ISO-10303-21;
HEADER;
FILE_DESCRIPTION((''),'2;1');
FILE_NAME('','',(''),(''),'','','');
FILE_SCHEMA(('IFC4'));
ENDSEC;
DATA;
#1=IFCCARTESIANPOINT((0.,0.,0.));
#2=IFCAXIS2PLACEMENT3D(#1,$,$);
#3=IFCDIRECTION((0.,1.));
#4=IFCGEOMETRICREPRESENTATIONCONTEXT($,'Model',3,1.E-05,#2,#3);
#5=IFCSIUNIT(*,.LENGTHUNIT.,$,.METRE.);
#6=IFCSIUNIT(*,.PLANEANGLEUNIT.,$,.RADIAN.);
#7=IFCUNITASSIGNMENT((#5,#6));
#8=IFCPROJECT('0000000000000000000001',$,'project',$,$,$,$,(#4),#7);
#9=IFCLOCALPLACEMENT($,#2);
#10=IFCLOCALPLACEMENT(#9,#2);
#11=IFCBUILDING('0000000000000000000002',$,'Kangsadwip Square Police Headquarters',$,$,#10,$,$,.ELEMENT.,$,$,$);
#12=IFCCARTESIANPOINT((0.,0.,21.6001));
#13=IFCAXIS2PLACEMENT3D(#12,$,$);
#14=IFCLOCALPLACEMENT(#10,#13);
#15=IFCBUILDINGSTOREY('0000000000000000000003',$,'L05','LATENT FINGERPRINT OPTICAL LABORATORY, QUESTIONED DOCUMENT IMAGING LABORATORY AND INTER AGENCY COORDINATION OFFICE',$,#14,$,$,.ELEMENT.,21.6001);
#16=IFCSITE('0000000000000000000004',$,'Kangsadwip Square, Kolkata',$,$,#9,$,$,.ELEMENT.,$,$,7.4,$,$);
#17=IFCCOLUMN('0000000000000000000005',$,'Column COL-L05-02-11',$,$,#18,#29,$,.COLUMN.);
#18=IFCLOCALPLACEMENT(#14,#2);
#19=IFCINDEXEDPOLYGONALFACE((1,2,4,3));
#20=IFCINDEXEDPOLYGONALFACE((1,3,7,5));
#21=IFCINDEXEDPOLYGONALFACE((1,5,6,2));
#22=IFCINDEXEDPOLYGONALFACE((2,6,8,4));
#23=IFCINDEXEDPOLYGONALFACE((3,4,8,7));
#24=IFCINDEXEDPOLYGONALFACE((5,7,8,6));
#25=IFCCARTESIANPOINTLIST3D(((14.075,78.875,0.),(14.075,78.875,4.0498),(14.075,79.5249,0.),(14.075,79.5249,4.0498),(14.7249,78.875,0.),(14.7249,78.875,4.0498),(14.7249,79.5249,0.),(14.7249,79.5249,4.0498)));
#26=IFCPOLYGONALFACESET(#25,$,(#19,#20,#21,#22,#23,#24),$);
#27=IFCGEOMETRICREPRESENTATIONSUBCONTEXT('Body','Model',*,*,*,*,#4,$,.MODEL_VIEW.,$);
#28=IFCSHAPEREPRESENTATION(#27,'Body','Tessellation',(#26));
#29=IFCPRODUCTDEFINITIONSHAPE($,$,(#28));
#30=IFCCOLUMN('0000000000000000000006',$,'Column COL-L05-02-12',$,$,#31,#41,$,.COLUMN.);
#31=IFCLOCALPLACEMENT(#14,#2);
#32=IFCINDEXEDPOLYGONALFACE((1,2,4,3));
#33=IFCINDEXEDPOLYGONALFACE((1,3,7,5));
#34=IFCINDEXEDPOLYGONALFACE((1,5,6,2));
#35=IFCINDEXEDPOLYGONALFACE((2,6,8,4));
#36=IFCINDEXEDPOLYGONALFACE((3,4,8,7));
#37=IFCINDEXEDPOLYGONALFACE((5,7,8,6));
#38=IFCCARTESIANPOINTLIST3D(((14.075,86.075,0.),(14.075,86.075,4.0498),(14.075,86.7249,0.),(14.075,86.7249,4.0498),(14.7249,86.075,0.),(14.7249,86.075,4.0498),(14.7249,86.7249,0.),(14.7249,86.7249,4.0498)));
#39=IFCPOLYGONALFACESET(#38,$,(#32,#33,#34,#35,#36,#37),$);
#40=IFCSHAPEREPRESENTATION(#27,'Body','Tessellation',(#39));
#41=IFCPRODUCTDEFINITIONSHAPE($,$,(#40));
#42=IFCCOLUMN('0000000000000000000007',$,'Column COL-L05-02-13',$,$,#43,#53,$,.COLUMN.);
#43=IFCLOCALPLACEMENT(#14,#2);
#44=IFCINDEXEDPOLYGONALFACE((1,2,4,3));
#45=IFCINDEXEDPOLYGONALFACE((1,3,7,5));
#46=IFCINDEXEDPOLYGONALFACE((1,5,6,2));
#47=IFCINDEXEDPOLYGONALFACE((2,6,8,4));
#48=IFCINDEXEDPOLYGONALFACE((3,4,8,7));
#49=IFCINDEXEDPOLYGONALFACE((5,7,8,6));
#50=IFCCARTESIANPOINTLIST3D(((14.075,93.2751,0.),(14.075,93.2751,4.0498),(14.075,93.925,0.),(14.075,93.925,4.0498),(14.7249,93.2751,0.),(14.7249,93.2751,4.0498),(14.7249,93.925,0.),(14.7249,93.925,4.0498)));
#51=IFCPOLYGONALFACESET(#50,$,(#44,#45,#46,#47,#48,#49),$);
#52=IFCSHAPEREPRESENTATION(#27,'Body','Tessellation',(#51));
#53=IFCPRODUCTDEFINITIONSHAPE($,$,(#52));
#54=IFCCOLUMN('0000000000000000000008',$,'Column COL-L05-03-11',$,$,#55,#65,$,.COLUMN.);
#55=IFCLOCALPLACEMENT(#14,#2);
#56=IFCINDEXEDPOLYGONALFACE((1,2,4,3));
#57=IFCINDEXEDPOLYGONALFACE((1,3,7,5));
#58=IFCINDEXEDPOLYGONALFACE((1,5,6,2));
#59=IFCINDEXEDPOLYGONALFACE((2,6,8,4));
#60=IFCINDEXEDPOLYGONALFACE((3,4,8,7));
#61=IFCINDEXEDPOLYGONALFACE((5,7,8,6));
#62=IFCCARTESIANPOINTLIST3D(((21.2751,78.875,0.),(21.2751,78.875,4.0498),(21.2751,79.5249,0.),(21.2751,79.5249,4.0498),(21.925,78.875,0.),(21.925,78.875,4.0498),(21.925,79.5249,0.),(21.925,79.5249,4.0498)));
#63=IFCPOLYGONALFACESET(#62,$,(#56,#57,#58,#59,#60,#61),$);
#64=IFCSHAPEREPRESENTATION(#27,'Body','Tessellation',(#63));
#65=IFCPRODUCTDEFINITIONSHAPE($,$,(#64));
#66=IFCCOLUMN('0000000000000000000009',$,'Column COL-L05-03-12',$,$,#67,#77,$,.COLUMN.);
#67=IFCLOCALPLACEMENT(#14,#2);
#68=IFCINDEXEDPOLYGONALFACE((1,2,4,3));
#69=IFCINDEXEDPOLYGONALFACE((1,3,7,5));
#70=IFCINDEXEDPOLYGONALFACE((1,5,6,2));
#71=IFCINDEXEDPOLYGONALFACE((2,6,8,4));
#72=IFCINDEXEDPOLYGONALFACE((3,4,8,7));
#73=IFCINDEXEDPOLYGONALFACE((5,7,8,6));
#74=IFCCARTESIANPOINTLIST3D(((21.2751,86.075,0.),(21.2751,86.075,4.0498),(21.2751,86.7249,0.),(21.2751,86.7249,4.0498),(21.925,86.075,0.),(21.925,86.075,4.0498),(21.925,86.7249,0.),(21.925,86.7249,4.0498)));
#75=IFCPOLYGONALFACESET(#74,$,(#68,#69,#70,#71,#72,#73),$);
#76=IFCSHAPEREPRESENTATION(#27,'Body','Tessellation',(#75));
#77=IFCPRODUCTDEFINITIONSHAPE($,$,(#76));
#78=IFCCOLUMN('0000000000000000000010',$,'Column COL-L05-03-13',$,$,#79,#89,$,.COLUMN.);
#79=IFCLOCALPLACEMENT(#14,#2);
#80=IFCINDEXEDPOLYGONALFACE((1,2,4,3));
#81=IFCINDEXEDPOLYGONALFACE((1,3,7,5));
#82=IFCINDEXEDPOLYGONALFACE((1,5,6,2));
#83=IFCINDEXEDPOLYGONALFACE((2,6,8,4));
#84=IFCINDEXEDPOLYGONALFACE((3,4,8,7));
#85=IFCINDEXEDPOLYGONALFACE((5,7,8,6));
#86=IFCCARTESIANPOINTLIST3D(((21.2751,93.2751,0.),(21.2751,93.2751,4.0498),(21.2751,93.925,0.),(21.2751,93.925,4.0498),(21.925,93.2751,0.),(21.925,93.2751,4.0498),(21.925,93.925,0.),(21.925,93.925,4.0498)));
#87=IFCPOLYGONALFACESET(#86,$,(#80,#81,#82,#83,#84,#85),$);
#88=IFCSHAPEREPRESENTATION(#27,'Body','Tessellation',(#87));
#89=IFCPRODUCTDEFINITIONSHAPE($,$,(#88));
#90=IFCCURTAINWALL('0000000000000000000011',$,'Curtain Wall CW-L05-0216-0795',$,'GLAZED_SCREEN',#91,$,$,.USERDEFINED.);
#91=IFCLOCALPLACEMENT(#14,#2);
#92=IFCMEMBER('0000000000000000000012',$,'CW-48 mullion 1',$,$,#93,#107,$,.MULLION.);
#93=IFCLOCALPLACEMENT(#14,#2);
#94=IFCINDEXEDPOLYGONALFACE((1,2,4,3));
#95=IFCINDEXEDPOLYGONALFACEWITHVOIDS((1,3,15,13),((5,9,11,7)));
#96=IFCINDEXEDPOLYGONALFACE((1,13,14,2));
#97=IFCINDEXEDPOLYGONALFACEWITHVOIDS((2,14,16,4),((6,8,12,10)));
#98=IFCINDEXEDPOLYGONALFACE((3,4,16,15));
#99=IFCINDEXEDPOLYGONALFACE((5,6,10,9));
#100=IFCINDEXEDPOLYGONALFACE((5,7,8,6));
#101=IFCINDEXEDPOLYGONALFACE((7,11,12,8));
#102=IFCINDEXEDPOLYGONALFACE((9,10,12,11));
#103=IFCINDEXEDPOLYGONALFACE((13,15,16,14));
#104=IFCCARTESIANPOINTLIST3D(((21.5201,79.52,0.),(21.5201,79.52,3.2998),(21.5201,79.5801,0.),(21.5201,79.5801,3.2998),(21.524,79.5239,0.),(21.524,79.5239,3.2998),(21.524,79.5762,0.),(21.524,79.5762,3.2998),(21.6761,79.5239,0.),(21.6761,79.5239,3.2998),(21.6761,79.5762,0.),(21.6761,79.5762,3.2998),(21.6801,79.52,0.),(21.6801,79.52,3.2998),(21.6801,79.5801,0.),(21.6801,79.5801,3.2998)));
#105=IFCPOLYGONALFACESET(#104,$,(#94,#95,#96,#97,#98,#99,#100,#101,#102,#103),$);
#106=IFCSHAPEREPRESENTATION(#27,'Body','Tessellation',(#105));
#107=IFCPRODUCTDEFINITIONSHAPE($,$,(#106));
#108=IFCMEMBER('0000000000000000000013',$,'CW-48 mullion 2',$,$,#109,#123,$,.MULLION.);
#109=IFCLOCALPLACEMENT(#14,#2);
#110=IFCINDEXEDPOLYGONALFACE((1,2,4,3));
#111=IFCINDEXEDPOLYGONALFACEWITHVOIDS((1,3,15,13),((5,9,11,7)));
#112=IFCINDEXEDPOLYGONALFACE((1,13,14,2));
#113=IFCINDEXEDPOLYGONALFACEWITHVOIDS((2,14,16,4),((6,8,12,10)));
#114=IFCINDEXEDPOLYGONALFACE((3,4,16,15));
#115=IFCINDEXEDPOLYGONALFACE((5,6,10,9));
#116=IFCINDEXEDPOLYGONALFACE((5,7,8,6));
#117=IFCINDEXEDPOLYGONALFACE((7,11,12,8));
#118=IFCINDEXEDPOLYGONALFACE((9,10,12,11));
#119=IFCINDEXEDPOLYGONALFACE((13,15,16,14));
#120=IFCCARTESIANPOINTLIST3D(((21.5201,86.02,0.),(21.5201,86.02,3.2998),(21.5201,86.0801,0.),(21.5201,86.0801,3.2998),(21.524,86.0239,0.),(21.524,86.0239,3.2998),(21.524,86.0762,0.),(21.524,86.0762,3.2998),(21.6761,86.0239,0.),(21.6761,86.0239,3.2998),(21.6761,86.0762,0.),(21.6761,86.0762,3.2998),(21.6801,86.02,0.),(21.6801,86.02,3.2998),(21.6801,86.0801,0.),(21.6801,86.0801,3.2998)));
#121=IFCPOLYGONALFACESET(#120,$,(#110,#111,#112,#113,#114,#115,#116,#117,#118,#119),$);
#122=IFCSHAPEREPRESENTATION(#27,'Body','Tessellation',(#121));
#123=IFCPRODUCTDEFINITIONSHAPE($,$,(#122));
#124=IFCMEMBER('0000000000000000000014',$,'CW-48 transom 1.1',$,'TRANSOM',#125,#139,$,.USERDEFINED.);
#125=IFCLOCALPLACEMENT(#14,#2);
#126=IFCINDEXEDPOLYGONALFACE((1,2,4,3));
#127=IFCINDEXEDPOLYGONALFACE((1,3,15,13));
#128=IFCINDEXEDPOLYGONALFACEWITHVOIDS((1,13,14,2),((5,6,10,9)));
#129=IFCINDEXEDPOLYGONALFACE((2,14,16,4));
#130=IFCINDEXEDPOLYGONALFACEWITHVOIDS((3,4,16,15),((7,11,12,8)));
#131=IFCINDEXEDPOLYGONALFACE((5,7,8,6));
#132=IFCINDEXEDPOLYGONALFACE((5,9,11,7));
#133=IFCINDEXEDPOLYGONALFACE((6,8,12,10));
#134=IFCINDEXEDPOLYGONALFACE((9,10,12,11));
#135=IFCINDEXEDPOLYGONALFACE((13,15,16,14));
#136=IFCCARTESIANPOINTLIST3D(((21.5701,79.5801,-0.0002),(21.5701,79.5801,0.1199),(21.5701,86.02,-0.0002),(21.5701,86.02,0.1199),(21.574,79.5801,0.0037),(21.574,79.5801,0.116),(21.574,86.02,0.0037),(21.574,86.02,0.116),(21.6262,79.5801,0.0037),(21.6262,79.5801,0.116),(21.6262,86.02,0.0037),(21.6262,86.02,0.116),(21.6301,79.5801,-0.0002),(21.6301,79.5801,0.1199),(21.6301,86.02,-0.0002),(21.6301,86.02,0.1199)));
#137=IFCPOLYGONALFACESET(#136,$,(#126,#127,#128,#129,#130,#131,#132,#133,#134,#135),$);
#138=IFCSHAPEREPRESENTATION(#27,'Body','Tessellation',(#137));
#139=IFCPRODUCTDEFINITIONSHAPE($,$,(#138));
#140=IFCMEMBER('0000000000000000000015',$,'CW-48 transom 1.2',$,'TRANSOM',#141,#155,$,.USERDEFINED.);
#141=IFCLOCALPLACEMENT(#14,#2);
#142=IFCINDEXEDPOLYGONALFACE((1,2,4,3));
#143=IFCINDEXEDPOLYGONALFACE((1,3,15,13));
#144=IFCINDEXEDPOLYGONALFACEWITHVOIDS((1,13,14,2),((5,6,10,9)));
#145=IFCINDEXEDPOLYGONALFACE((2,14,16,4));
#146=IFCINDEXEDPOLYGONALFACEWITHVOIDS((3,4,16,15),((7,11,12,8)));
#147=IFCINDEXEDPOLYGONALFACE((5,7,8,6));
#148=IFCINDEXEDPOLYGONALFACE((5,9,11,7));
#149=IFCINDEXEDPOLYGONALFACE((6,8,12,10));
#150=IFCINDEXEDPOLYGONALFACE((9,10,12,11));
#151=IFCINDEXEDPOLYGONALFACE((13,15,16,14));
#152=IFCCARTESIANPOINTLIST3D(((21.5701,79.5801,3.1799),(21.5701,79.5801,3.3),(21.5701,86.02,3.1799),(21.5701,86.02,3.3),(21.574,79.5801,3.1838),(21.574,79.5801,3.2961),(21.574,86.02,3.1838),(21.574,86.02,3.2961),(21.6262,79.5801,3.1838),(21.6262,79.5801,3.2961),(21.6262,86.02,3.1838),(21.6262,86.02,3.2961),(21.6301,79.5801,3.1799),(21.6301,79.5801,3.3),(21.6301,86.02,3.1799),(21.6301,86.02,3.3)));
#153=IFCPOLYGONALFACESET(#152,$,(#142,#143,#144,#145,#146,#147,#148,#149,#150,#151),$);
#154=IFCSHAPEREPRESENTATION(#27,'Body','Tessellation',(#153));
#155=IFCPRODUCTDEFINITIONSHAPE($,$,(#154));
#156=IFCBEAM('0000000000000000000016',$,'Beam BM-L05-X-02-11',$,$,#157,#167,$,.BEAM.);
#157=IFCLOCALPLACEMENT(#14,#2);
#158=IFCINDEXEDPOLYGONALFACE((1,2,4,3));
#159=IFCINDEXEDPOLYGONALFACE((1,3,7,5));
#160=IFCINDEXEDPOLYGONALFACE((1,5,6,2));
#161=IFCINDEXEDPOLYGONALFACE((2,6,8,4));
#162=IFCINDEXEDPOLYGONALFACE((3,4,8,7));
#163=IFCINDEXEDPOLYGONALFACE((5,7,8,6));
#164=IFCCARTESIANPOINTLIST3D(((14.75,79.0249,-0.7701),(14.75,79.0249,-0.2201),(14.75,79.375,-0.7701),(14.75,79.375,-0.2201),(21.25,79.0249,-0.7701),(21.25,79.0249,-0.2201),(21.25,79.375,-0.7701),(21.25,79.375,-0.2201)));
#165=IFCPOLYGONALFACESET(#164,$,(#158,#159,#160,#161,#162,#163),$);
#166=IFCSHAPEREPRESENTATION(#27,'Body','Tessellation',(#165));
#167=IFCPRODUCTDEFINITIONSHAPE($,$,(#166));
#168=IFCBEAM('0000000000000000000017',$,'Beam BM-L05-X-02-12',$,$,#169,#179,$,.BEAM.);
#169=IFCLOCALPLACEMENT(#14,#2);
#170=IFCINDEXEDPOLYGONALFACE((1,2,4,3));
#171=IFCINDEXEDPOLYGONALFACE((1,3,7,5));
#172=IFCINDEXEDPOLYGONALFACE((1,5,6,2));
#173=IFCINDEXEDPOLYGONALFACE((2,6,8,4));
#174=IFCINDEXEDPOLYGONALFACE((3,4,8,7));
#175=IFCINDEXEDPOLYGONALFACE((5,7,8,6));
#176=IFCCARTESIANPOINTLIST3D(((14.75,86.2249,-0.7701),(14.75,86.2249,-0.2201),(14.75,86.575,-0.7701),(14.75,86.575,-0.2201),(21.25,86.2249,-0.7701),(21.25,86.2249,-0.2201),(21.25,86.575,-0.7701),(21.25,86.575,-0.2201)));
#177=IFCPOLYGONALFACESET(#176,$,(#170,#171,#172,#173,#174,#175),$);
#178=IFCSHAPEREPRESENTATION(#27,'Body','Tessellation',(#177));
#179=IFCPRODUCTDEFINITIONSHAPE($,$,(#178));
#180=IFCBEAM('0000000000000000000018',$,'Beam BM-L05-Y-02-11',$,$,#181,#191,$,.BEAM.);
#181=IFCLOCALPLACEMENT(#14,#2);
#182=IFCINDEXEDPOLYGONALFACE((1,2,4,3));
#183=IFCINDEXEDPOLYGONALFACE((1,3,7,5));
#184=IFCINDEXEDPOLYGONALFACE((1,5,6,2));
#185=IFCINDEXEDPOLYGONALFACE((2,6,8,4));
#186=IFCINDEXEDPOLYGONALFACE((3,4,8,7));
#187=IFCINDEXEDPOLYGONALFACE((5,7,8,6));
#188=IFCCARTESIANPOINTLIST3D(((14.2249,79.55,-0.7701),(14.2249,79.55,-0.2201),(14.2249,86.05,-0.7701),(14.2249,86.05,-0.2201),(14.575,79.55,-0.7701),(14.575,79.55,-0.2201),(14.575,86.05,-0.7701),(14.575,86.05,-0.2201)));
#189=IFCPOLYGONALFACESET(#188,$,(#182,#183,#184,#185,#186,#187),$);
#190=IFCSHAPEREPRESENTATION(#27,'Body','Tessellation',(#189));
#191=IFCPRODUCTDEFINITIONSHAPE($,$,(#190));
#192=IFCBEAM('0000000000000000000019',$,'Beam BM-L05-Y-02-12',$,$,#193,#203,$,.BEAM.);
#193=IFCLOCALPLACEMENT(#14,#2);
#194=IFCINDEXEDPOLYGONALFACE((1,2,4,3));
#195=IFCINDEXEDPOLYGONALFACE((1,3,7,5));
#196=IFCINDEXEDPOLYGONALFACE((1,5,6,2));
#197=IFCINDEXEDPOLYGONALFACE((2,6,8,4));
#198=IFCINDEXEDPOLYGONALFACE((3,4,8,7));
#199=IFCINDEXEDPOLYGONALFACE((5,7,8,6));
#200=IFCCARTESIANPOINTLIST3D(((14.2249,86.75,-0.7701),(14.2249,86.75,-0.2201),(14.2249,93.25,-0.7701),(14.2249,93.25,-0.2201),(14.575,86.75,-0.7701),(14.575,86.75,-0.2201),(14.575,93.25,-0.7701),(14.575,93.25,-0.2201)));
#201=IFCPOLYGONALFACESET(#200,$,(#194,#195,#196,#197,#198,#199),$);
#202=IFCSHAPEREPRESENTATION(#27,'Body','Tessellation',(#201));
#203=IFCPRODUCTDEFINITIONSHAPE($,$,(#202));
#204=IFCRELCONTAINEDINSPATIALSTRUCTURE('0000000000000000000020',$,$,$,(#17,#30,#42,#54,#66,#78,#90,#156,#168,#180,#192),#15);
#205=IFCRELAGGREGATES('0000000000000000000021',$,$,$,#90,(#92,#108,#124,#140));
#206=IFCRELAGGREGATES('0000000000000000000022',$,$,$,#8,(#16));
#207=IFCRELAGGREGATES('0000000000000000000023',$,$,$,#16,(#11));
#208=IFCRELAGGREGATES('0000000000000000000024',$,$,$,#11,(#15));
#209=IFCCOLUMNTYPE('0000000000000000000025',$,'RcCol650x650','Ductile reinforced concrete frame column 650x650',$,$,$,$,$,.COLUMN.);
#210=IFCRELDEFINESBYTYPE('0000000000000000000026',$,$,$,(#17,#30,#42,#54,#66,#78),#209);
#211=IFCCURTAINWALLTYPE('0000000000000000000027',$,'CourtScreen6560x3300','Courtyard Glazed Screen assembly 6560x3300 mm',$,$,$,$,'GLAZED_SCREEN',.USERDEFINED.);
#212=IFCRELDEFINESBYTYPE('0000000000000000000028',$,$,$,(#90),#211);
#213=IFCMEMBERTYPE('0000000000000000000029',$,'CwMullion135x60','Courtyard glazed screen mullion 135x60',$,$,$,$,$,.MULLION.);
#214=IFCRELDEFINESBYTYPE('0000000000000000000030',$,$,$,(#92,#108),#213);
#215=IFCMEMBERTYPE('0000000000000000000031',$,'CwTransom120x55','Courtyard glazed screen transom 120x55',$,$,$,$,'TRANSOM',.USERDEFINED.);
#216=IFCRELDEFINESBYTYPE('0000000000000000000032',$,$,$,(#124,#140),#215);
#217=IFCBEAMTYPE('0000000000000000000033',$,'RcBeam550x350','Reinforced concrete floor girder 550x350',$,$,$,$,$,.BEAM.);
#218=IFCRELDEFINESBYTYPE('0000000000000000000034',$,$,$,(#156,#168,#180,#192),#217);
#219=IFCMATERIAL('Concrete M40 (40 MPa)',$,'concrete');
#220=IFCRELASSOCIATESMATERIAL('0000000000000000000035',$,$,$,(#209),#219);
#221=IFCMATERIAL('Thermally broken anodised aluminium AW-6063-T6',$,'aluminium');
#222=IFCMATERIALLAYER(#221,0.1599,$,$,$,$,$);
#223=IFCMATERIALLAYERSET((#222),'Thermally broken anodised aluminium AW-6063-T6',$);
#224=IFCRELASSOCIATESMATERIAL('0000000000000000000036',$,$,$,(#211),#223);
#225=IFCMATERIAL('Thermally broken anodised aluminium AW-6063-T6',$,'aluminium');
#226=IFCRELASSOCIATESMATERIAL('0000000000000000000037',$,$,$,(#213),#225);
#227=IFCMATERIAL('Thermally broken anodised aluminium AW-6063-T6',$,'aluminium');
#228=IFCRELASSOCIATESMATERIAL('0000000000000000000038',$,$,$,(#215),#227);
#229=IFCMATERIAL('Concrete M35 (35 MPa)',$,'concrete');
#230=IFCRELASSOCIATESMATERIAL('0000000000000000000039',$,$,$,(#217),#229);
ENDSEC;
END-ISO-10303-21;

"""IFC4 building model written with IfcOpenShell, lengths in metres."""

from ifc_helpers import new_model, si_unit, direction, frame, origin, origin_2d, place, context, subcontext, project, spatial, rectangle, hollow_rectangle, extrude, material, layer, layer_set, material_profile, profile_set, type_object, element, aggregate, save


model = new_model("IFC4")

# Units and contexts
model_context = context("Model", 3, precision=1e-05, world=origin(), true_north=direction((0.0, 1.0)))
body_context = subcontext(model_context, "Body", "Model", "MODEL_VIEW")
ifc_project = project(units=[si_unit("LENGTHUNIT", "METRE"), si_unit("PLANEANGLEUNIT", "RADIAN")], contexts=[model_context])

# Site, building, storey
site_placement = place(None, origin())
site = spatial("IfcSite", under=ifc_project, at=site_placement, Name="Kangsadwip Square, Kolkata", CompositionType="ELEMENT", RefElevation=7.4)
building_placement = place(site_placement, origin())
building = spatial("IfcBuilding", under=site, at=building_placement, Name="Kangsadwip Square Police Headquarters", CompositionType="ELEMENT")
storey_placement = place(building_placement, frame((0.0, 0.0, 21.6001)))
storey = spatial("IfcBuildingStorey", under=building, at=storey_placement, Name="L05", Description="LATENT FINGERPRINT OPTICAL LABORATORY, QUESTIONED DOCUMENT IMAGING LABORATORY AND INTER AGENCY COORDINATION OFFICE", CompositionType="ELEMENT", Elevation=21.6001)

# Columns
ifc_material_1 = material(Name="Concrete M40 (40 MPa)", Category="concrete")
ifc_material_profile_1 = material_profile(ifc_material_1, rectangle(XDim=0.6499, YDim=0.6499, at=origin_2d()), Name="RC COL 650X650")
ifc_profile_set_1 = profile_set([ifc_material_profile_1], Name="Concrete M40 (40 MPa)")
column_type = type_object("IfcColumnType", Name="RcCol650x650", Description="Ductile reinforced concrete frame column 650x650", PredefinedType="COLUMN", material=ifc_profile_set_1)
for number, where, z_axis, x_axis, name in (
    (1, (14.3999, 79.2, 0.0), (0.0, 0.0, 1.0), (1.0, 0.0, 0.0), "Column COL-L05-02-11"),
    (2, (14.3999, 86.3999, 0.0), (0.0, 0.0, 1.0), (1.0, 0.0, 0.0), "Column COL-L05-02-12"),
    (3, (14.3999, 93.6001, 0.0), (0.0, 0.0, 1.0), (1.0, 0.0, 0.0), "Column COL-L05-02-13"),
    (4, (21.6001, 79.2, 0.0), (0.0, 0.0, 1.0), (1.0, 0.0, 0.0), "Column COL-L05-03-11"),
    (5, (21.6001, 86.3999, 0.0), (0.0, 0.0, 1.0), (1.0, 0.0, 0.0), "Column COL-L05-03-12"),
    (6, (21.6001, 93.6001, 0.0), (0.0, 0.0, 1.0), (1.0, 0.0, 0.0), "Column COL-L05-03-13"),
):
    element("IfcColumn", number, at=place(storey_placement, frame(where, z_axis=z_axis, x_axis=x_axis)), inside=storey, type_object=column_type, Name=name, PredefinedType="COLUMN", context=body_context, shape_type="SweptSolid", body=[
        extrude(rectangle(XDim=0.6499, YDim=0.6499, at=origin_2d()), origin(), (0.0, 0.0, 1.0), 4.0498),
    ])

# Curtain wall, members
ifc_material_2 = material(Name="Thermally broken anodised aluminium AW-6063-T6", Category="aluminium")
ifc_layer_1 = layer(ifc_material_2, 0.1599)
ifc_layer_set_1 = layer_set([ifc_layer_1], Name="Thermally broken anodised aluminium AW-6063-T6")
curtain_wall_type = type_object("IfcCurtainWallType", Name="CourtScreen6560x3300", Description="Courtyard Glazed Screen assembly 6560x3300 mm", ElementType="GLAZED_SCREEN", PredefinedType="USERDEFINED", material=ifc_layer_set_1)
curtain_wall_placement = place(storey_placement, origin())
curtain_wall = element("IfcCurtainWall", 7, at=curtain_wall_placement, inside=storey, type_object=curtain_wall_type, Name="Curtain Wall CW-L05-0216-0795", ObjectType="GLAZED_SCREEN", PredefinedType="USERDEFINED")
ifc_material_3 = material(Name="Thermally broken anodised aluminium AW-6063-T6", Category="aluminium")
ifc_material_profile_2 = material_profile(ifc_material_3, hollow_rectangle(XDim=0.0601, YDim=0.1599, WallThickness=0.0039, at=origin_2d()), Name="CWM 160X60X4")
ifc_profile_set_2 = profile_set([ifc_material_profile_2], Name="Thermally broken anodised aluminium AW-6063-T6")
member_type_1 = type_object("IfcMemberType", Name="CwMullion135x60", Description="Courtyard glazed screen mullion 135x60", PredefinedType="MULLION", material=ifc_profile_set_2)
member_1_placement = place(storey_placement, frame((21.6001, 79.55, 0.0), z_axis=(0.0, 0.0, 1.0), x_axis=(0.0, 1.0, 0.0)))
member_1 = element("IfcMember", 8, at=member_1_placement, type_object=member_type_1, Name="CW-48 mullion 1", PredefinedType="MULLION", context=body_context, shape_type="SweptSolid", body=[
    extrude(hollow_rectangle(XDim=0.0601, YDim=0.1599, WallThickness=0.0039, at=origin_2d()), origin(), (0.0, 0.0, 1.0), 3.2998),
])
member_2_placement = place(storey_placement, frame((21.6001, 86.05, 0.0), z_axis=(0.0, 0.0, 1.0), x_axis=(0.0, 1.0, 0.0)))
member_2 = element("IfcMember", 9, at=member_2_placement, type_object=member_type_1, Name="CW-48 mullion 2", PredefinedType="MULLION", context=body_context, shape_type="SweptSolid", body=[
    extrude(hollow_rectangle(XDim=0.0601, YDim=0.1599, WallThickness=0.0039, at=origin_2d()), origin(), (0.0, 0.0, 1.0), 3.2998),
])
ifc_material_4 = material(Name="Thermally broken anodised aluminium AW-6063-T6", Category="aluminium")
ifc_material_profile_3 = material_profile(ifc_material_4, hollow_rectangle(XDim=0.0601, YDim=0.1201, WallThickness=0.0039, at=origin_2d()), Name="CWT 120X60X4")
ifc_profile_set_3 = profile_set([ifc_material_profile_3], Name="Thermally broken anodised aluminium AW-6063-T6")
member_type_2 = type_object("IfcMemberType", Name="CwTransom120x55", Description="Courtyard glazed screen transom 120x55", ElementType="TRANSOM", PredefinedType="USERDEFINED", material=ifc_profile_set_3)
member_3_placement = place(storey_placement, frame((21.6001, 79.5801, 0.0598), z_axis=(0.0, 1.0, 0.0), x_axis=(-1.0, 0.0, 0.0)))
member_3 = element("IfcMember", 10, at=member_3_placement, type_object=member_type_2, Name="CW-48 transom 1.1", ObjectType="TRANSOM", PredefinedType="USERDEFINED", context=body_context, shape_type="SweptSolid", body=[
    extrude(hollow_rectangle(XDim=0.0601, YDim=0.1201, WallThickness=0.0039, at=origin_2d()), origin(), (0.0, 0.0, 1.0), 6.4399),
])
member_4_placement = place(storey_placement, frame((21.6001, 79.5801, 3.24), z_axis=(0.0, 1.0, 0.0), x_axis=(-1.0, 0.0, 0.0)))
member_4 = element("IfcMember", 11, at=member_4_placement, type_object=member_type_2, Name="CW-48 transom 1.2", ObjectType="TRANSOM", PredefinedType="USERDEFINED", context=body_context, shape_type="SweptSolid", body=[
    extrude(hollow_rectangle(XDim=0.0601, YDim=0.1201, WallThickness=0.0039, at=origin_2d()), origin(), (0.0, 0.0, 1.0), 6.4399),
])

# Beams
ifc_material_5 = material(Name="Concrete M35 (35 MPa)", Category="concrete")
ifc_material_profile_4 = material_profile(ifc_material_5, rectangle(XDim=0.3501, YDim=0.55, at=origin_2d()), Name="RC BM 550X350")
ifc_profile_set_4 = profile_set([ifc_material_profile_4], Name="Concrete M35 (35 MPa)")
beam_type_1 = type_object("IfcBeamType", Name="RcBeam550x350", Description="Reinforced concrete floor girder 550x350", PredefinedType="BEAM", material=ifc_profile_set_4)
for number, where, z_axis, x_axis, name in (
    (12, (14.75, 79.2, -0.4951), (1.0, 0.0, 0.0), (0.0, 1.0, 0.0), "Beam BM-L05-X-02-11"),
    (13, (14.75, 86.3999, -0.4951), (1.0, 0.0, 0.0), (0.0, 1.0, 0.0), "Beam BM-L05-X-02-12"),
    (14, (14.3999, 79.55, -0.4951), (0.0, 1.0, 0.0), (-1.0, 0.0, 0.0), "Beam BM-L05-Y-02-11"),
    (15, (14.3999, 86.75, -0.4951), (0.0, 1.0, 0.0), (-1.0, 0.0, 0.0), "Beam BM-L05-Y-02-12"),
):
    element("IfcBeam", number, at=place(storey_placement, frame(where, z_axis=z_axis, x_axis=x_axis)), inside=storey, type_object=beam_type_1, Name=name, PredefinedType="BEAM", context=body_context, shape_type="SweptSolid", body=[
        extrude(rectangle(XDim=0.3501, YDim=0.55, at=origin_2d()), origin(), (0.0, 0.0, 1.0), 6.5),
    ])

aggregate(curtain_wall, [member_1, member_2, member_3, member_4])

save(model, "model.ifc")
